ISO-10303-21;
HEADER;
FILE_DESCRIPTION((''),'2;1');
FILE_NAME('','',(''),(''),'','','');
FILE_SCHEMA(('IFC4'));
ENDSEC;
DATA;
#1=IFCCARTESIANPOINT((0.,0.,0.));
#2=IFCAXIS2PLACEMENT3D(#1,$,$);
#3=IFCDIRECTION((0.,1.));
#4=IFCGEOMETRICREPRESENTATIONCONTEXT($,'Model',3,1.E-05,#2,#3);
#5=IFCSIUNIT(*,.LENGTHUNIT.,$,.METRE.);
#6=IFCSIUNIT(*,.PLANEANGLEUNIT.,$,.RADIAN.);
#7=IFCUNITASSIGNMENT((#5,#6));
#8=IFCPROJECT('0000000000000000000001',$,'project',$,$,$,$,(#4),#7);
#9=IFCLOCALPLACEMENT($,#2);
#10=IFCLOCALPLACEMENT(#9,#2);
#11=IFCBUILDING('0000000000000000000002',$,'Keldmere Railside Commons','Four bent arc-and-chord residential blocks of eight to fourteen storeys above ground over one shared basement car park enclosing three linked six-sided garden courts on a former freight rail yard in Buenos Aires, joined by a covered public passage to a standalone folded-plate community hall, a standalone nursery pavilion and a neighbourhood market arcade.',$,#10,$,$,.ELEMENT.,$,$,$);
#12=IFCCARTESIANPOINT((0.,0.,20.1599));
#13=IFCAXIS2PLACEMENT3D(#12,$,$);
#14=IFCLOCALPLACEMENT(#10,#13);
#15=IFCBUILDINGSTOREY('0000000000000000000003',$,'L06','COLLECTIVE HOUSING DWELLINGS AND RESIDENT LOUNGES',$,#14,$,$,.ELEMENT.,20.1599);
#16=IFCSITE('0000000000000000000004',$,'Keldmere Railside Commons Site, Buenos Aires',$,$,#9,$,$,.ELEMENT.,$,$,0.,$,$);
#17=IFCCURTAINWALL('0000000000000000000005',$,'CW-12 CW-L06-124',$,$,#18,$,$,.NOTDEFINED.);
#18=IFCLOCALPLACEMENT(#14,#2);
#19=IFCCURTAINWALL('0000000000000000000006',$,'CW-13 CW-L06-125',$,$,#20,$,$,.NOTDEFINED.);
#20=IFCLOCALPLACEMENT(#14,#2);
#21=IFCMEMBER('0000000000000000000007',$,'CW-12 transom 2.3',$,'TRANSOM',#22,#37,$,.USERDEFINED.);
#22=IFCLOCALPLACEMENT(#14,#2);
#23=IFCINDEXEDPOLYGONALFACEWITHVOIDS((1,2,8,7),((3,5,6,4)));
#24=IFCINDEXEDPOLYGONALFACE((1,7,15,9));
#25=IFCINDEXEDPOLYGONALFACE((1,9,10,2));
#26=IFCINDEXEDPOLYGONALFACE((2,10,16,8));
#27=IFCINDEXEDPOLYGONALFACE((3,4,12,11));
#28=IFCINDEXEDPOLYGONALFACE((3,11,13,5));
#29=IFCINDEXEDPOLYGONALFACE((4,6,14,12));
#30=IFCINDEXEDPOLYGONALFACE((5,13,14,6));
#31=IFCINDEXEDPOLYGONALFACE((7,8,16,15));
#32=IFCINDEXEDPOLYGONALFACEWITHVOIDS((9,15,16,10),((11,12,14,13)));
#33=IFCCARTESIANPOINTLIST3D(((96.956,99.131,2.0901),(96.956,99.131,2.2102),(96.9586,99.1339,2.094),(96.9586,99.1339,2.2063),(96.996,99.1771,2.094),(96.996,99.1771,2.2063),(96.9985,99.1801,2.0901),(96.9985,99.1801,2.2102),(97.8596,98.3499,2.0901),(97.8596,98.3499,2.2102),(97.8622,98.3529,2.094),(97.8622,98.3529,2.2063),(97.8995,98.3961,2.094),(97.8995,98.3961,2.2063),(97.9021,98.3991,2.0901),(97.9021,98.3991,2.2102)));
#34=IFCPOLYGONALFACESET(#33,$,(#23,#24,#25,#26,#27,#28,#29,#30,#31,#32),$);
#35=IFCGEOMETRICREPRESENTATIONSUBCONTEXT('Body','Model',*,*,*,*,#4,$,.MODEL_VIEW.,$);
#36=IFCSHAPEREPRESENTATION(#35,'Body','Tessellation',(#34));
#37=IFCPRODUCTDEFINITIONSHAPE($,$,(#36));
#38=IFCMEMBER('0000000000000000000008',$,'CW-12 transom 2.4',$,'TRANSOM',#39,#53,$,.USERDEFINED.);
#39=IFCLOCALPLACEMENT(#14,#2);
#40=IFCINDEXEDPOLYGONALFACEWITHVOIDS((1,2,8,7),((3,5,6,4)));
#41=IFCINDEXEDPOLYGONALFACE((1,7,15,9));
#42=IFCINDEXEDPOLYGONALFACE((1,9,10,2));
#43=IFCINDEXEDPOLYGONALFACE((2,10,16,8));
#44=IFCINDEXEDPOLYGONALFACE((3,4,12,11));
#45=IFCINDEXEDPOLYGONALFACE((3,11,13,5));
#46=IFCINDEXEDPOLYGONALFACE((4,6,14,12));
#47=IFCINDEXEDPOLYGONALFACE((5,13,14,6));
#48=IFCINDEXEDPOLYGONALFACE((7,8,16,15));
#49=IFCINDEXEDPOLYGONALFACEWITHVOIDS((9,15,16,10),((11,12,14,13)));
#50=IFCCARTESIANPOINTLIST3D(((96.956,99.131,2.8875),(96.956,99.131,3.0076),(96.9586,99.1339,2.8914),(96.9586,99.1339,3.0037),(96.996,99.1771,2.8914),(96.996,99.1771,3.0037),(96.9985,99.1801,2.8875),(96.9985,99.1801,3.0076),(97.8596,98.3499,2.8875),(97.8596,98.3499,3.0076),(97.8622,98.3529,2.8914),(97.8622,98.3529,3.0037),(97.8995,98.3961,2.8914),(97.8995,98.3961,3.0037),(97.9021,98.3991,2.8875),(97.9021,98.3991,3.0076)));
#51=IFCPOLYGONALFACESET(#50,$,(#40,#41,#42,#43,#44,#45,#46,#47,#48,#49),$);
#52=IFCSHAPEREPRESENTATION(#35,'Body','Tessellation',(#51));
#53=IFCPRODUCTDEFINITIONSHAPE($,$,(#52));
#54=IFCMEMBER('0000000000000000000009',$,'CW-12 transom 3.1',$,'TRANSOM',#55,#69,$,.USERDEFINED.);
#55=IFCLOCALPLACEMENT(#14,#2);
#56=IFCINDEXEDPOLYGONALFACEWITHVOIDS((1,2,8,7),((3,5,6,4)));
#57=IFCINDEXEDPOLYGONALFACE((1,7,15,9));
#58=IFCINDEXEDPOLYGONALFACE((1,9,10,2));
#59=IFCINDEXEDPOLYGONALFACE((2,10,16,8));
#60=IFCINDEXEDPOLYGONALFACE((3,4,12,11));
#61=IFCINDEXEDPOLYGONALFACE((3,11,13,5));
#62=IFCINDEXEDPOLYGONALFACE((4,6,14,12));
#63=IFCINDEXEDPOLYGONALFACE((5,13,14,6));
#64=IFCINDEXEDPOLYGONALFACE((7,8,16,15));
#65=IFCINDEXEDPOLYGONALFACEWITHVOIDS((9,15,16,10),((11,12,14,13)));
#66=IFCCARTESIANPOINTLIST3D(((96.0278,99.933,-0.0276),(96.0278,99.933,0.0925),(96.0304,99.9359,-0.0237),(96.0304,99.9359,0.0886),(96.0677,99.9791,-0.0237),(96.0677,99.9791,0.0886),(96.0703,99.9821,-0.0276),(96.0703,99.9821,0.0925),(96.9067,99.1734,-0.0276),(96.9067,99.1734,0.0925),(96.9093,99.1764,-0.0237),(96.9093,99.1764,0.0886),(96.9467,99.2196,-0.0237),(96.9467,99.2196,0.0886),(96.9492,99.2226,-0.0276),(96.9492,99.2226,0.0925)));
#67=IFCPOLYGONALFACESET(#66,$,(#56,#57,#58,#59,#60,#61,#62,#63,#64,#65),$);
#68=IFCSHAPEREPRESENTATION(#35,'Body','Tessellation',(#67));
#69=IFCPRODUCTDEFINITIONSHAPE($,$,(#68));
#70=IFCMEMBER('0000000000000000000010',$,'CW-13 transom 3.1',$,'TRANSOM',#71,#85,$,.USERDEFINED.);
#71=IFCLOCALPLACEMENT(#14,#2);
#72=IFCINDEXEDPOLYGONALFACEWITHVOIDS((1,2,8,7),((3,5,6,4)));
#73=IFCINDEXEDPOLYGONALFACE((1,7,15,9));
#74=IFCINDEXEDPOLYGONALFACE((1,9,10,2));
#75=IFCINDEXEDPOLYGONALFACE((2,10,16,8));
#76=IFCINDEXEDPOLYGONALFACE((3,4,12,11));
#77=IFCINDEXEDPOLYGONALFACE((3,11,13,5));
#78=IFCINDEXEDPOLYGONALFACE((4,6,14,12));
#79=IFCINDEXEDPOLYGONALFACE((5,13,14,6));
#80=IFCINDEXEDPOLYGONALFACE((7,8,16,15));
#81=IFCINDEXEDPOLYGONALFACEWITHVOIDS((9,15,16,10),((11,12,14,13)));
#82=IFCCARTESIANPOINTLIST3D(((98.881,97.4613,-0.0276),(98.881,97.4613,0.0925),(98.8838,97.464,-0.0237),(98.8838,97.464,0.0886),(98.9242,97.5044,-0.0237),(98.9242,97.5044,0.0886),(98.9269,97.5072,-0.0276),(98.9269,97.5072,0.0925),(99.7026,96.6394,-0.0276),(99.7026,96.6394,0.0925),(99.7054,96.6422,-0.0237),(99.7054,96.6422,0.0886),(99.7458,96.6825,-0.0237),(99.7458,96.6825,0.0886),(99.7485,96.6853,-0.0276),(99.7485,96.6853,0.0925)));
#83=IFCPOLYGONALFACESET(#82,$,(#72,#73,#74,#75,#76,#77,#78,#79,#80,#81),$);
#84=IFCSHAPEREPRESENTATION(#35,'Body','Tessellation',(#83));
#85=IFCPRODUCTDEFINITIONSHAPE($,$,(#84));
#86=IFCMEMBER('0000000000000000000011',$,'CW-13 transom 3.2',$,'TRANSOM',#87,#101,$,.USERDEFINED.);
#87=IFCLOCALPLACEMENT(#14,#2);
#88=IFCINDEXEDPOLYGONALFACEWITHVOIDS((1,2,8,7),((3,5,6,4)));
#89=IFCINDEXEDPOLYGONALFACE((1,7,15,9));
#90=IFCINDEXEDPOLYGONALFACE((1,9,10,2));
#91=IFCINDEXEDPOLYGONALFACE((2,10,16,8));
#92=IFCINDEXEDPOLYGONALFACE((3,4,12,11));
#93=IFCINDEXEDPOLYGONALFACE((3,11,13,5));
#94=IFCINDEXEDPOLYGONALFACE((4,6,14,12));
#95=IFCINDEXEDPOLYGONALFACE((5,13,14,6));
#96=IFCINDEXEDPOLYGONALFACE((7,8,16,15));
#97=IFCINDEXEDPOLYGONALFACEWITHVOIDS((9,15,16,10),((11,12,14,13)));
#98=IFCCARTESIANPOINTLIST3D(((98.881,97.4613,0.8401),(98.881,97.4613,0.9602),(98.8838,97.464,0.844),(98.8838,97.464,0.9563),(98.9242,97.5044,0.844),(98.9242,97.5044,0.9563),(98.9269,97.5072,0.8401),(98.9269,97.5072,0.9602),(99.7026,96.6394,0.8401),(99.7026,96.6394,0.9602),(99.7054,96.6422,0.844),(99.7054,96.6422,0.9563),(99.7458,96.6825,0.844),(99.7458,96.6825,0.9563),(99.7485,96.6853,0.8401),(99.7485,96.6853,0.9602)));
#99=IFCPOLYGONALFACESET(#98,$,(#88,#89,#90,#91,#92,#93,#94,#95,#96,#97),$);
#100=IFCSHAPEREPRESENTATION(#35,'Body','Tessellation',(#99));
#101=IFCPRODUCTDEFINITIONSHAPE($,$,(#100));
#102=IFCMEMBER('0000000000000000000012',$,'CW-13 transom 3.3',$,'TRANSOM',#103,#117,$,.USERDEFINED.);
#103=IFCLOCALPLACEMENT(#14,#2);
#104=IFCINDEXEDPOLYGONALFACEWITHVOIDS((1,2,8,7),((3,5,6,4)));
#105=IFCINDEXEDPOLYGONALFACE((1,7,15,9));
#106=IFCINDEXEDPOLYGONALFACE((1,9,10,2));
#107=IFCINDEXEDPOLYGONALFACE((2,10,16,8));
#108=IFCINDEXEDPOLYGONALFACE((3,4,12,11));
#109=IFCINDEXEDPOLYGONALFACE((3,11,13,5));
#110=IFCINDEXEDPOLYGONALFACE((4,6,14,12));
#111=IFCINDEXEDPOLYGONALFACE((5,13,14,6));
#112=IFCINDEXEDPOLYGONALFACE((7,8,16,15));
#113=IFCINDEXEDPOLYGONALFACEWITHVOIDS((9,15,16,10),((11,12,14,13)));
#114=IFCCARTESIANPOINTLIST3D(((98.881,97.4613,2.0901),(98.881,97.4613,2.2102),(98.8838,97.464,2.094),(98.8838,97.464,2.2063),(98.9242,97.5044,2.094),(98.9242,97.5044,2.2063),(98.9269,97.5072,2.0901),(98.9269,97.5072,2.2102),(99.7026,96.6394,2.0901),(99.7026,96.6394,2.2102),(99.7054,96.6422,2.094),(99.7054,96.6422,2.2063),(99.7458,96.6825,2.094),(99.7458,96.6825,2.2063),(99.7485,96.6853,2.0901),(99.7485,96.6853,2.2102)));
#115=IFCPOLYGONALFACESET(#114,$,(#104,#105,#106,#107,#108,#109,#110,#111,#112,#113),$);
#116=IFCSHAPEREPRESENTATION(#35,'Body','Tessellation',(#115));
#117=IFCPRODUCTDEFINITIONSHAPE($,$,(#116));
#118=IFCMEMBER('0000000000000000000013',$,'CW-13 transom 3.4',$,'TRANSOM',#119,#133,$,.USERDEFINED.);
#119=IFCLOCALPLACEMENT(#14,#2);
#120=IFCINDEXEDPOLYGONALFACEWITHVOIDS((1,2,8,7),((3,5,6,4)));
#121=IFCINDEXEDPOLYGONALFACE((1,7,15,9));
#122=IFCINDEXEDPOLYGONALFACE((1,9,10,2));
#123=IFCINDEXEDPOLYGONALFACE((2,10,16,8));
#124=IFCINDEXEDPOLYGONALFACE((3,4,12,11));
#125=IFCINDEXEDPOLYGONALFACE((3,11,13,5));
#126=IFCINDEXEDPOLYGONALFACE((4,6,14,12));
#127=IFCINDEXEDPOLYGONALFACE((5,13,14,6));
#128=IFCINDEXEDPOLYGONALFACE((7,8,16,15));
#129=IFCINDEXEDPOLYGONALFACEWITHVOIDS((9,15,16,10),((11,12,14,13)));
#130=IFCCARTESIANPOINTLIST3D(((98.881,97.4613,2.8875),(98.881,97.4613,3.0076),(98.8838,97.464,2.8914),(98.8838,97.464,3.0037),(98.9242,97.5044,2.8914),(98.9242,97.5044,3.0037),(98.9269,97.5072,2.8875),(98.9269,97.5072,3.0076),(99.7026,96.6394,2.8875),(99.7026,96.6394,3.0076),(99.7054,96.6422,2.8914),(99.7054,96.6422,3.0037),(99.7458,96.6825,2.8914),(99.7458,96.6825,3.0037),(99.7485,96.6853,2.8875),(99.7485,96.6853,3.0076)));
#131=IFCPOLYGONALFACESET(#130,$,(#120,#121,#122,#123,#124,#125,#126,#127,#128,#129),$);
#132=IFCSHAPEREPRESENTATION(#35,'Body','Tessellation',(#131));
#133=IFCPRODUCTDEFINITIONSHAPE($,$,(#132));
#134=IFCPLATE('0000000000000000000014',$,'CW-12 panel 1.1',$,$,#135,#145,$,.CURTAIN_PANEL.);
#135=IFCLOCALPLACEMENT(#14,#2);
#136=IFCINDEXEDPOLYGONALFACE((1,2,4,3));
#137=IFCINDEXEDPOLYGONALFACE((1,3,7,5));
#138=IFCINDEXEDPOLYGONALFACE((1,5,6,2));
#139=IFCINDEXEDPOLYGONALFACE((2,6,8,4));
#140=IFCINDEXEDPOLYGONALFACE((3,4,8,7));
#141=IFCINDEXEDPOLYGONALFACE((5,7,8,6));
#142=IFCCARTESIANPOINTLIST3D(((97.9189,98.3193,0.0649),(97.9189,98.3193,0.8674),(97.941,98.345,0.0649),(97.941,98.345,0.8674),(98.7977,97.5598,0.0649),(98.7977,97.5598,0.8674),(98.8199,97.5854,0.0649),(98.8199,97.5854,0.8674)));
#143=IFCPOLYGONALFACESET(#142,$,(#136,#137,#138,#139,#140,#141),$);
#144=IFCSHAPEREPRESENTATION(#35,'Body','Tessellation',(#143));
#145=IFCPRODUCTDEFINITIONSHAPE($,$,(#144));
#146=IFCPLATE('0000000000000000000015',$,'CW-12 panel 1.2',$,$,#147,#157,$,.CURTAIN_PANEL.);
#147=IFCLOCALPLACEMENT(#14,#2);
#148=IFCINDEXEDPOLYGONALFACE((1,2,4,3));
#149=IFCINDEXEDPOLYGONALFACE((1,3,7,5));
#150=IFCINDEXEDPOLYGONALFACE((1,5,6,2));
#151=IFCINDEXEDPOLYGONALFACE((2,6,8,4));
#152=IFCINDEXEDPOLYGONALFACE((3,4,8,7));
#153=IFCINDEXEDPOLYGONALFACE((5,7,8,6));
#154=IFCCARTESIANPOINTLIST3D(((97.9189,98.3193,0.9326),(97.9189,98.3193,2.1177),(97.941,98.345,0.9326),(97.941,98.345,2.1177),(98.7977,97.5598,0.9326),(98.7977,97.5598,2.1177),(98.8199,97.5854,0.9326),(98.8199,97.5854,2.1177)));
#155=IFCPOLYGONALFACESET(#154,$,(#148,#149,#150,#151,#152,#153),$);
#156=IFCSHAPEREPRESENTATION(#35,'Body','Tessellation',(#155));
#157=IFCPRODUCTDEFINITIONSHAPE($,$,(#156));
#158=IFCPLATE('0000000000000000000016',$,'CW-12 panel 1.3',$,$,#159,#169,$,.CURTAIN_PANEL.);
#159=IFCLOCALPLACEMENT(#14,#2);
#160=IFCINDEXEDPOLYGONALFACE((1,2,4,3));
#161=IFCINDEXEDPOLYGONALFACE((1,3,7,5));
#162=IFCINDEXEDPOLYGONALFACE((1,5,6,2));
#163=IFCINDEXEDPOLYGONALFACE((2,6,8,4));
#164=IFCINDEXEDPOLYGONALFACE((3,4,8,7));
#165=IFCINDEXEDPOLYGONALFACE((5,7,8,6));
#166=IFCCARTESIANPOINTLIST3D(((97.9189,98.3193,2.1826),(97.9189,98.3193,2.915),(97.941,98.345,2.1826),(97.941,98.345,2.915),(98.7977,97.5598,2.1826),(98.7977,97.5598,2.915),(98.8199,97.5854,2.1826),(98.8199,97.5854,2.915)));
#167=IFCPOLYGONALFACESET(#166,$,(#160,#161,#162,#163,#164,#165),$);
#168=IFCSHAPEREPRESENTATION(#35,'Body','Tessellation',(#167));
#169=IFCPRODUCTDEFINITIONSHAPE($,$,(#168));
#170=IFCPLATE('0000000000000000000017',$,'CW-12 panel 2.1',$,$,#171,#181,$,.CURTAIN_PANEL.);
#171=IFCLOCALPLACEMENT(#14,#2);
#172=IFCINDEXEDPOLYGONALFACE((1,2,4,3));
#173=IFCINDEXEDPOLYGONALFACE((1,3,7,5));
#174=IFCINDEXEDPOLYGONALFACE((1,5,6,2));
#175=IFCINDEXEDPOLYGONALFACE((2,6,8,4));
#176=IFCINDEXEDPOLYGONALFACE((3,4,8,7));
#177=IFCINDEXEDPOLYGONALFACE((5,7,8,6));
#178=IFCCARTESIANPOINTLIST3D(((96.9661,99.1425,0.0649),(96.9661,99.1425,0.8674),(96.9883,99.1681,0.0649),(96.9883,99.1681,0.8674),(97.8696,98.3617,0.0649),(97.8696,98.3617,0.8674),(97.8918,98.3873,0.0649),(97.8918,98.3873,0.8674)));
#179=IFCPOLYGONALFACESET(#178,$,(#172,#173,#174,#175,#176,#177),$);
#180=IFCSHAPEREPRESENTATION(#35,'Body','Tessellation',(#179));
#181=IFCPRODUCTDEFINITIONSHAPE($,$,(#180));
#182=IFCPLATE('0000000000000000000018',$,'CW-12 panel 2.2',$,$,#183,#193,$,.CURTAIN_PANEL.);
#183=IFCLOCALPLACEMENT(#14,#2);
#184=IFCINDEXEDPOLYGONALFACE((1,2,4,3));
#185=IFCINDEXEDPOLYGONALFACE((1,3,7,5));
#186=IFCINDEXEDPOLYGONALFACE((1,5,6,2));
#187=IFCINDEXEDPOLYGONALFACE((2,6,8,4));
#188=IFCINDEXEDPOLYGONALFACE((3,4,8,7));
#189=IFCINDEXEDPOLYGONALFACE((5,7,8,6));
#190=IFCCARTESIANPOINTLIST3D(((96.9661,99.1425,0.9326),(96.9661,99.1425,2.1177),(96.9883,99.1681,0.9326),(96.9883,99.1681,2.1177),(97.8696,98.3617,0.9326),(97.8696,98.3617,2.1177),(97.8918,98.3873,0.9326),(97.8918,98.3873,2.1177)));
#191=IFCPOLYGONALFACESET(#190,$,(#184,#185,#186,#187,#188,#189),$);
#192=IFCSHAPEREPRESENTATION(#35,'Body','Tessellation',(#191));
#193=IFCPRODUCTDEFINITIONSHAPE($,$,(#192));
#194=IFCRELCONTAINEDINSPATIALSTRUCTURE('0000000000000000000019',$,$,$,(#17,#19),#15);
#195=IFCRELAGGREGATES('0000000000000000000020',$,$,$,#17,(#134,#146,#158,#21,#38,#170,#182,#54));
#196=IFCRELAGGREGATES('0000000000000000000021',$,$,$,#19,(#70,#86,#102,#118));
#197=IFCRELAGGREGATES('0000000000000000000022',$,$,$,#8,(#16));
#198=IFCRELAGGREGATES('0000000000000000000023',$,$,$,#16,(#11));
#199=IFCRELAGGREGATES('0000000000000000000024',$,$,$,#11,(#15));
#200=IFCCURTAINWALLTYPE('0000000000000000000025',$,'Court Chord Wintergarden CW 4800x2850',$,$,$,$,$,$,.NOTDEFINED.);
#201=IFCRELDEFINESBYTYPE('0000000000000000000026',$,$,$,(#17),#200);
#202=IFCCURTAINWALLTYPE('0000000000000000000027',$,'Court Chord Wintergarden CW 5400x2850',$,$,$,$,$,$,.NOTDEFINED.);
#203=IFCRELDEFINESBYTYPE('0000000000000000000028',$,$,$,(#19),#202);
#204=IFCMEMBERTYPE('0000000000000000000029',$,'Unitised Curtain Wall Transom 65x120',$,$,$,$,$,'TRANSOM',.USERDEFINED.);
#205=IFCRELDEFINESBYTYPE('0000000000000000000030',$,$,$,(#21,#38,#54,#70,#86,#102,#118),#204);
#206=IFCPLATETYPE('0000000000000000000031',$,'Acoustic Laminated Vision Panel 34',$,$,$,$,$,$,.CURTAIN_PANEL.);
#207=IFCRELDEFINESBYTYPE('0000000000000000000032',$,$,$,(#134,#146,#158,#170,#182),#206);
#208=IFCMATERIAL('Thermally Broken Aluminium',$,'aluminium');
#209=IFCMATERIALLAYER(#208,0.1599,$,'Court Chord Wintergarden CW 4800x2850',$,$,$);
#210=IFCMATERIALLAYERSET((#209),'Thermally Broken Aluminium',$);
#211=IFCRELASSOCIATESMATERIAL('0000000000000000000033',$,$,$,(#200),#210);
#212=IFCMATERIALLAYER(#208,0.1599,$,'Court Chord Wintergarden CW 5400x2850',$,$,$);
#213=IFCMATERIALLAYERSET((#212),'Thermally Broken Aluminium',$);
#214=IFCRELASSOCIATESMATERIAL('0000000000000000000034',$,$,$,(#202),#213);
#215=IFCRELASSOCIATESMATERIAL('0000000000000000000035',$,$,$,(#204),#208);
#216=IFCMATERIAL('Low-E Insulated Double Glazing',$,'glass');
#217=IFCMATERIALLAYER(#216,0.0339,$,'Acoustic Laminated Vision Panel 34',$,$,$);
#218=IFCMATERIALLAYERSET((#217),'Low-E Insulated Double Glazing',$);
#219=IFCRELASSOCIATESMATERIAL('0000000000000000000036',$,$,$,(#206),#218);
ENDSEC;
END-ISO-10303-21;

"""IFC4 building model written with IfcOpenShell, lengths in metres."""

from ifc_helpers import new_model, si_unit, direction, frame, origin, origin_2d, place, context, subcontext, project, spatial, rectangle, hollow_rectangle, extrude, material, layer, layer_set, material_profile, profile_set, type_object, element, aggregate, save


model = new_model("IFC4")

# Units and contexts
model_context = context("Model", 3, precision=1e-05, world=origin(), true_north=direction((0.0, 1.0)))
body_context = subcontext(model_context, "Body", "Model", "MODEL_VIEW")
ifc_project = project(units=[si_unit("LENGTHUNIT", "METRE"), si_unit("PLANEANGLEUNIT", "RADIAN")], contexts=[model_context])

# Site, building, storey
site_placement = place(None, origin())
site = spatial("IfcSite", under=ifc_project, at=site_placement, Name="Keldmere Railside Commons Site, Buenos Aires", CompositionType="ELEMENT", RefElevation=0.0)
building_placement = place(site_placement, origin())
building = spatial("IfcBuilding", under=site, at=building_placement, Name="Keldmere Railside Commons", Description="Four bent arc-and-chord residential blocks of eight to fourteen storeys above ground over one shared basement car park enclosing three linked six-sided garden courts on a former freight rail yard in Buenos Aires, joined by a covered public passage to a standalone folded-plate community hall, a standalone nursery pavilion and a neighbourhood market arcade.", CompositionType="ELEMENT")
storey_placement = place(building_placement, frame((0.0, 0.0, 20.1599)))
storey = spatial("IfcBuildingStorey", under=building, at=storey_placement, Name="L06", Description="COLLECTIVE HOUSING DWELLINGS AND RESIDENT LOUNGES", CompositionType="ELEMENT", Elevation=20.1599)

# Curtain walls
ifc_material_1 = material(Name="Thermally Broken Aluminium", Category="aluminium")
ifc_layer_1 = layer(ifc_material_1, 0.1599, Name="Court Chord Wintergarden CW 4800x2850")
ifc_layer_set_1 = layer_set([ifc_layer_1], Name="Thermally Broken Aluminium")
curtain_wall_type_1 = type_object("IfcCurtainWallType", Name="Court Chord Wintergarden CW 4800x2850", PredefinedType="NOTDEFINED", material=ifc_layer_set_1)
curtain_wall_1_placement = place(storey_placement, origin())
curtain_wall_1 = element("IfcCurtainWall", 1, at=curtain_wall_1_placement, inside=storey, type_object=curtain_wall_type_1, Name="CW-12 CW-L06-124", PredefinedType="NOTDEFINED")
ifc_layer_2 = layer(ifc_material_1, 0.1599, Name="Court Chord Wintergarden CW 5400x2850")
ifc_layer_set_2 = layer_set([ifc_layer_2], Name="Thermally Broken Aluminium")
curtain_wall_type_2 = type_object("IfcCurtainWallType", Name="Court Chord Wintergarden CW 5400x2850", PredefinedType="NOTDEFINED", material=ifc_layer_set_2)
curtain_wall_2_placement = place(storey_placement, origin())
curtain_wall_2 = element("IfcCurtainWall", 2, at=curtain_wall_2_placement, inside=storey, type_object=curtain_wall_type_2, Name="CW-13 CW-L06-125", PredefinedType="NOTDEFINED")

# Members
ifc_material_profile_1 = material_profile(ifc_material_1, hollow_rectangle(XDim=0.0649, YDim=0.1201, WallThickness=0.0039, at=origin_2d()), Name="ALU-TRAN-65x120")
ifc_profile_set_1 = profile_set([ifc_material_profile_1], Name="Thermally Broken Aluminium")
member_type_1 = type_object("IfcMemberType", Name="Unitised Curtain Wall Transom 65x120", ElementType="TRANSOM", PredefinedType="USERDEFINED", material=ifc_profile_set_1)
member_1_placement = place(storey_placement, frame((97.8809, 98.3745, 2.1501), z_axis=(-0.756552, 0.653934, 0.0), x_axis=(-0.653934, -0.756552, 0.0)))
member_1 = element("IfcMember", 3, at=member_1_placement, type_object=member_type_1, Name="CW-12 transom 2.3", ObjectType="TRANSOM", PredefinedType="USERDEFINED", context=body_context, shape_type="SweptSolid", body=[
    extrude(hollow_rectangle(XDim=0.0649, YDim=0.1201, WallThickness=0.0039, at=origin_2d()), origin(), (0.0, 0.0, 1.0), 1.1943),
])
member_2_placement = place(storey_placement, frame((97.8809, 98.3745, 2.9475), z_axis=(-0.756552, 0.653934, 0.0), x_axis=(-0.653934, -0.756552, 0.0)))
member_2 = element("IfcMember", 4, at=member_2_placement, type_object=member_type_1, Name="CW-12 transom 2.4", ObjectType="TRANSOM", PredefinedType="USERDEFINED", context=body_context, shape_type="SweptSolid", body=[
    extrude(hollow_rectangle(XDim=0.0649, YDim=0.1201, WallThickness=0.0039, at=origin_2d()), origin(), (0.0, 0.0, 1.0), 1.1943),
])
member_3_placement = place(storey_placement, frame((96.928, 99.198, 0.0325), z_axis=(-0.756624, 0.65385, 0.0), x_axis=(-0.65385, -0.756624, 0.0)))
member_3 = element("IfcMember", 5, at=member_3_placement, type_object=member_type_1, Name="CW-12 transom 3.1", ObjectType="TRANSOM", PredefinedType="USERDEFINED", context=body_context, shape_type="SweptSolid", body=[
    extrude(hollow_rectangle(XDim=0.0649, YDim=0.1201, WallThickness=0.0039, at=origin_2d()), origin(), (0.0, 0.0, 1.0), 1.1616),
])
member_4_placement = place(storey_placement, frame((99.7256, 96.6624, 0.0325), z_axis=(-0.707002, 0.707212, 0.0), x_axis=(-0.707212, -0.707002, 0.0)))
member_4 = element("IfcMember", 6, at=member_4_placement, type_object=member_type_1, Name="CW-13 transom 3.1", ObjectType="TRANSOM", PredefinedType="USERDEFINED", context=body_context, shape_type="SweptSolid", body=[
    extrude(hollow_rectangle(XDim=0.0649, YDim=0.1201, WallThickness=0.0039, at=origin_2d()), origin(), (0.0, 0.0, 1.0), 1.1621),
])
member_5_placement = place(storey_placement, frame((99.7256, 96.6624, 0.9001), z_axis=(-0.707002, 0.707212, 0.0), x_axis=(-0.707212, -0.707002, 0.0)))
member_5 = element("IfcMember", 7, at=member_5_placement, type_object=member_type_1, Name="CW-13 transom 3.2", ObjectType="TRANSOM", PredefinedType="USERDEFINED", context=body_context, shape_type="SweptSolid", body=[
    extrude(hollow_rectangle(XDim=0.0649, YDim=0.1201, WallThickness=0.0039, at=origin_2d()), origin(), (0.0, 0.0, 1.0), 1.1621),
])
member_6_placement = place(storey_placement, frame((99.7256, 96.6624, 2.1501), z_axis=(-0.707002, 0.707212, 0.0), x_axis=(-0.707212, -0.707002, 0.0)))
member_6 = element("IfcMember", 8, at=member_6_placement, type_object=member_type_1, Name="CW-13 transom 3.3", ObjectType="TRANSOM", PredefinedType="USERDEFINED", context=body_context, shape_type="SweptSolid", body=[
    extrude(hollow_rectangle(XDim=0.0649, YDim=0.1201, WallThickness=0.0039, at=origin_2d()), origin(), (0.0, 0.0, 1.0), 1.1621),
])
member_7_placement = place(storey_placement, frame((99.7256, 96.6624, 2.9475), z_axis=(-0.707002, 0.707212, 0.0), x_axis=(-0.707212, -0.707002, 0.0)))
member_7 = element("IfcMember", 9, at=member_7_placement, type_object=member_type_1, Name="CW-13 transom 3.4", ObjectType="TRANSOM", PredefinedType="USERDEFINED", context=body_context, shape_type="SweptSolid", body=[
    extrude(hollow_rectangle(XDim=0.0649, YDim=0.1201, WallThickness=0.0039, at=origin_2d()), origin(), (0.0, 0.0, 1.0), 1.1621),
])

# Plates
ifc_material_2 = material(Name="Low-E Insulated Double Glazing", Category="glass")
ifc_layer_3 = layer(ifc_material_2, 0.0339, Name="Acoustic Laminated Vision Panel 34")
ifc_layer_set_3 = layer_set([ifc_layer_3], Name="Low-E Insulated Double Glazing")
plate_type_1 = type_object("IfcPlateType", Name="Acoustic Laminated Vision Panel 34", PredefinedType="CURTAIN_PANEL", material=ifc_layer_set_3)
plate_1_placement = place(storey_placement, frame((98.3694, 97.9524, 0.0649), z_axis=(0.0, 0.0, 1.0), x_axis=(-0.756597, 0.653882, 0.0)))
plate_1 = element("IfcPlate", 10, at=plate_1_placement, type_object=plate_type_1, Name="CW-12 panel 1.1", PredefinedType="CURTAIN_PANEL", context=body_context, shape_type="SweptSolid", body=[
    extrude(rectangle(XDim=1.1616, YDim=0.0339, at=origin_2d()), origin(), (0.0, 0.0, 1.0), 0.8025),
])
plate_2_placement = place(storey_placement, frame((98.3694, 97.9524, 0.9326), z_axis=(0.0, 0.0, 1.0), x_axis=(-0.756597, 0.653882, 0.0)))
plate_2 = element("IfcPlate", 11, at=plate_2_placement, type_object=plate_type_1, Name="CW-12 panel 1.2", PredefinedType="CURTAIN_PANEL", context=body_context, shape_type="SweptSolid", body=[
    extrude(rectangle(XDim=1.1616, YDim=0.0339, at=origin_2d()), origin(), (0.0, 0.0, 1.0), 1.1851),
])
plate_3_placement = place(storey_placement, frame((98.3694, 97.9524, 2.1826), z_axis=(0.0, 0.0, 1.0), x_axis=(-0.756597, 0.653882, 0.0)))
plate_3 = element("IfcPlate", 12, at=plate_3_placement, type_object=plate_type_1, Name="CW-12 panel 1.3", PredefinedType="CURTAIN_PANEL", context=body_context, shape_type="SweptSolid", body=[
    extrude(rectangle(XDim=1.1616, YDim=0.0339, at=origin_2d()), origin(), (0.0, 0.0, 1.0), 0.7324),
])
plate_4_placement = place(storey_placement, frame((97.429, 98.7649, 0.0649), z_axis=(0.0, 0.0, 1.0), x_axis=(-0.756597, 0.653882, 0.0)))
plate_4 = element("IfcPlate", 13, at=plate_4_placement, type_object=plate_type_1, Name="CW-12 panel 2.1", PredefinedType="CURTAIN_PANEL", context=body_context, shape_type="SweptSolid", body=[
    extrude(rectangle(XDim=1.1941, YDim=0.0339, at=origin_2d()), origin(), (0.0, 0.0, 1.0), 0.8025),
])
plate_5_placement = place(storey_placement, frame((97.429, 98.7649, 0.9326), z_axis=(0.0, 0.0, 1.0), x_axis=(-0.756597, 0.653882, 0.0)))
plate_5 = element("IfcPlate", 14, at=plate_5_placement, type_object=plate_type_1, Name="CW-12 panel 2.2", PredefinedType="CURTAIN_PANEL", context=body_context, shape_type="SweptSolid", body=[
    extrude(rectangle(XDim=1.1941, YDim=0.0339, at=origin_2d()), origin(), (0.0, 0.0, 1.0), 1.1851),
])
aggregate(curtain_wall_1, [plate_1, plate_2, plate_3, member_1, member_2, plate_4, plate_5, member_3])
aggregate(curtain_wall_2, [member_4, member_5, member_6, member_7])

save(model, "model.ifc")
